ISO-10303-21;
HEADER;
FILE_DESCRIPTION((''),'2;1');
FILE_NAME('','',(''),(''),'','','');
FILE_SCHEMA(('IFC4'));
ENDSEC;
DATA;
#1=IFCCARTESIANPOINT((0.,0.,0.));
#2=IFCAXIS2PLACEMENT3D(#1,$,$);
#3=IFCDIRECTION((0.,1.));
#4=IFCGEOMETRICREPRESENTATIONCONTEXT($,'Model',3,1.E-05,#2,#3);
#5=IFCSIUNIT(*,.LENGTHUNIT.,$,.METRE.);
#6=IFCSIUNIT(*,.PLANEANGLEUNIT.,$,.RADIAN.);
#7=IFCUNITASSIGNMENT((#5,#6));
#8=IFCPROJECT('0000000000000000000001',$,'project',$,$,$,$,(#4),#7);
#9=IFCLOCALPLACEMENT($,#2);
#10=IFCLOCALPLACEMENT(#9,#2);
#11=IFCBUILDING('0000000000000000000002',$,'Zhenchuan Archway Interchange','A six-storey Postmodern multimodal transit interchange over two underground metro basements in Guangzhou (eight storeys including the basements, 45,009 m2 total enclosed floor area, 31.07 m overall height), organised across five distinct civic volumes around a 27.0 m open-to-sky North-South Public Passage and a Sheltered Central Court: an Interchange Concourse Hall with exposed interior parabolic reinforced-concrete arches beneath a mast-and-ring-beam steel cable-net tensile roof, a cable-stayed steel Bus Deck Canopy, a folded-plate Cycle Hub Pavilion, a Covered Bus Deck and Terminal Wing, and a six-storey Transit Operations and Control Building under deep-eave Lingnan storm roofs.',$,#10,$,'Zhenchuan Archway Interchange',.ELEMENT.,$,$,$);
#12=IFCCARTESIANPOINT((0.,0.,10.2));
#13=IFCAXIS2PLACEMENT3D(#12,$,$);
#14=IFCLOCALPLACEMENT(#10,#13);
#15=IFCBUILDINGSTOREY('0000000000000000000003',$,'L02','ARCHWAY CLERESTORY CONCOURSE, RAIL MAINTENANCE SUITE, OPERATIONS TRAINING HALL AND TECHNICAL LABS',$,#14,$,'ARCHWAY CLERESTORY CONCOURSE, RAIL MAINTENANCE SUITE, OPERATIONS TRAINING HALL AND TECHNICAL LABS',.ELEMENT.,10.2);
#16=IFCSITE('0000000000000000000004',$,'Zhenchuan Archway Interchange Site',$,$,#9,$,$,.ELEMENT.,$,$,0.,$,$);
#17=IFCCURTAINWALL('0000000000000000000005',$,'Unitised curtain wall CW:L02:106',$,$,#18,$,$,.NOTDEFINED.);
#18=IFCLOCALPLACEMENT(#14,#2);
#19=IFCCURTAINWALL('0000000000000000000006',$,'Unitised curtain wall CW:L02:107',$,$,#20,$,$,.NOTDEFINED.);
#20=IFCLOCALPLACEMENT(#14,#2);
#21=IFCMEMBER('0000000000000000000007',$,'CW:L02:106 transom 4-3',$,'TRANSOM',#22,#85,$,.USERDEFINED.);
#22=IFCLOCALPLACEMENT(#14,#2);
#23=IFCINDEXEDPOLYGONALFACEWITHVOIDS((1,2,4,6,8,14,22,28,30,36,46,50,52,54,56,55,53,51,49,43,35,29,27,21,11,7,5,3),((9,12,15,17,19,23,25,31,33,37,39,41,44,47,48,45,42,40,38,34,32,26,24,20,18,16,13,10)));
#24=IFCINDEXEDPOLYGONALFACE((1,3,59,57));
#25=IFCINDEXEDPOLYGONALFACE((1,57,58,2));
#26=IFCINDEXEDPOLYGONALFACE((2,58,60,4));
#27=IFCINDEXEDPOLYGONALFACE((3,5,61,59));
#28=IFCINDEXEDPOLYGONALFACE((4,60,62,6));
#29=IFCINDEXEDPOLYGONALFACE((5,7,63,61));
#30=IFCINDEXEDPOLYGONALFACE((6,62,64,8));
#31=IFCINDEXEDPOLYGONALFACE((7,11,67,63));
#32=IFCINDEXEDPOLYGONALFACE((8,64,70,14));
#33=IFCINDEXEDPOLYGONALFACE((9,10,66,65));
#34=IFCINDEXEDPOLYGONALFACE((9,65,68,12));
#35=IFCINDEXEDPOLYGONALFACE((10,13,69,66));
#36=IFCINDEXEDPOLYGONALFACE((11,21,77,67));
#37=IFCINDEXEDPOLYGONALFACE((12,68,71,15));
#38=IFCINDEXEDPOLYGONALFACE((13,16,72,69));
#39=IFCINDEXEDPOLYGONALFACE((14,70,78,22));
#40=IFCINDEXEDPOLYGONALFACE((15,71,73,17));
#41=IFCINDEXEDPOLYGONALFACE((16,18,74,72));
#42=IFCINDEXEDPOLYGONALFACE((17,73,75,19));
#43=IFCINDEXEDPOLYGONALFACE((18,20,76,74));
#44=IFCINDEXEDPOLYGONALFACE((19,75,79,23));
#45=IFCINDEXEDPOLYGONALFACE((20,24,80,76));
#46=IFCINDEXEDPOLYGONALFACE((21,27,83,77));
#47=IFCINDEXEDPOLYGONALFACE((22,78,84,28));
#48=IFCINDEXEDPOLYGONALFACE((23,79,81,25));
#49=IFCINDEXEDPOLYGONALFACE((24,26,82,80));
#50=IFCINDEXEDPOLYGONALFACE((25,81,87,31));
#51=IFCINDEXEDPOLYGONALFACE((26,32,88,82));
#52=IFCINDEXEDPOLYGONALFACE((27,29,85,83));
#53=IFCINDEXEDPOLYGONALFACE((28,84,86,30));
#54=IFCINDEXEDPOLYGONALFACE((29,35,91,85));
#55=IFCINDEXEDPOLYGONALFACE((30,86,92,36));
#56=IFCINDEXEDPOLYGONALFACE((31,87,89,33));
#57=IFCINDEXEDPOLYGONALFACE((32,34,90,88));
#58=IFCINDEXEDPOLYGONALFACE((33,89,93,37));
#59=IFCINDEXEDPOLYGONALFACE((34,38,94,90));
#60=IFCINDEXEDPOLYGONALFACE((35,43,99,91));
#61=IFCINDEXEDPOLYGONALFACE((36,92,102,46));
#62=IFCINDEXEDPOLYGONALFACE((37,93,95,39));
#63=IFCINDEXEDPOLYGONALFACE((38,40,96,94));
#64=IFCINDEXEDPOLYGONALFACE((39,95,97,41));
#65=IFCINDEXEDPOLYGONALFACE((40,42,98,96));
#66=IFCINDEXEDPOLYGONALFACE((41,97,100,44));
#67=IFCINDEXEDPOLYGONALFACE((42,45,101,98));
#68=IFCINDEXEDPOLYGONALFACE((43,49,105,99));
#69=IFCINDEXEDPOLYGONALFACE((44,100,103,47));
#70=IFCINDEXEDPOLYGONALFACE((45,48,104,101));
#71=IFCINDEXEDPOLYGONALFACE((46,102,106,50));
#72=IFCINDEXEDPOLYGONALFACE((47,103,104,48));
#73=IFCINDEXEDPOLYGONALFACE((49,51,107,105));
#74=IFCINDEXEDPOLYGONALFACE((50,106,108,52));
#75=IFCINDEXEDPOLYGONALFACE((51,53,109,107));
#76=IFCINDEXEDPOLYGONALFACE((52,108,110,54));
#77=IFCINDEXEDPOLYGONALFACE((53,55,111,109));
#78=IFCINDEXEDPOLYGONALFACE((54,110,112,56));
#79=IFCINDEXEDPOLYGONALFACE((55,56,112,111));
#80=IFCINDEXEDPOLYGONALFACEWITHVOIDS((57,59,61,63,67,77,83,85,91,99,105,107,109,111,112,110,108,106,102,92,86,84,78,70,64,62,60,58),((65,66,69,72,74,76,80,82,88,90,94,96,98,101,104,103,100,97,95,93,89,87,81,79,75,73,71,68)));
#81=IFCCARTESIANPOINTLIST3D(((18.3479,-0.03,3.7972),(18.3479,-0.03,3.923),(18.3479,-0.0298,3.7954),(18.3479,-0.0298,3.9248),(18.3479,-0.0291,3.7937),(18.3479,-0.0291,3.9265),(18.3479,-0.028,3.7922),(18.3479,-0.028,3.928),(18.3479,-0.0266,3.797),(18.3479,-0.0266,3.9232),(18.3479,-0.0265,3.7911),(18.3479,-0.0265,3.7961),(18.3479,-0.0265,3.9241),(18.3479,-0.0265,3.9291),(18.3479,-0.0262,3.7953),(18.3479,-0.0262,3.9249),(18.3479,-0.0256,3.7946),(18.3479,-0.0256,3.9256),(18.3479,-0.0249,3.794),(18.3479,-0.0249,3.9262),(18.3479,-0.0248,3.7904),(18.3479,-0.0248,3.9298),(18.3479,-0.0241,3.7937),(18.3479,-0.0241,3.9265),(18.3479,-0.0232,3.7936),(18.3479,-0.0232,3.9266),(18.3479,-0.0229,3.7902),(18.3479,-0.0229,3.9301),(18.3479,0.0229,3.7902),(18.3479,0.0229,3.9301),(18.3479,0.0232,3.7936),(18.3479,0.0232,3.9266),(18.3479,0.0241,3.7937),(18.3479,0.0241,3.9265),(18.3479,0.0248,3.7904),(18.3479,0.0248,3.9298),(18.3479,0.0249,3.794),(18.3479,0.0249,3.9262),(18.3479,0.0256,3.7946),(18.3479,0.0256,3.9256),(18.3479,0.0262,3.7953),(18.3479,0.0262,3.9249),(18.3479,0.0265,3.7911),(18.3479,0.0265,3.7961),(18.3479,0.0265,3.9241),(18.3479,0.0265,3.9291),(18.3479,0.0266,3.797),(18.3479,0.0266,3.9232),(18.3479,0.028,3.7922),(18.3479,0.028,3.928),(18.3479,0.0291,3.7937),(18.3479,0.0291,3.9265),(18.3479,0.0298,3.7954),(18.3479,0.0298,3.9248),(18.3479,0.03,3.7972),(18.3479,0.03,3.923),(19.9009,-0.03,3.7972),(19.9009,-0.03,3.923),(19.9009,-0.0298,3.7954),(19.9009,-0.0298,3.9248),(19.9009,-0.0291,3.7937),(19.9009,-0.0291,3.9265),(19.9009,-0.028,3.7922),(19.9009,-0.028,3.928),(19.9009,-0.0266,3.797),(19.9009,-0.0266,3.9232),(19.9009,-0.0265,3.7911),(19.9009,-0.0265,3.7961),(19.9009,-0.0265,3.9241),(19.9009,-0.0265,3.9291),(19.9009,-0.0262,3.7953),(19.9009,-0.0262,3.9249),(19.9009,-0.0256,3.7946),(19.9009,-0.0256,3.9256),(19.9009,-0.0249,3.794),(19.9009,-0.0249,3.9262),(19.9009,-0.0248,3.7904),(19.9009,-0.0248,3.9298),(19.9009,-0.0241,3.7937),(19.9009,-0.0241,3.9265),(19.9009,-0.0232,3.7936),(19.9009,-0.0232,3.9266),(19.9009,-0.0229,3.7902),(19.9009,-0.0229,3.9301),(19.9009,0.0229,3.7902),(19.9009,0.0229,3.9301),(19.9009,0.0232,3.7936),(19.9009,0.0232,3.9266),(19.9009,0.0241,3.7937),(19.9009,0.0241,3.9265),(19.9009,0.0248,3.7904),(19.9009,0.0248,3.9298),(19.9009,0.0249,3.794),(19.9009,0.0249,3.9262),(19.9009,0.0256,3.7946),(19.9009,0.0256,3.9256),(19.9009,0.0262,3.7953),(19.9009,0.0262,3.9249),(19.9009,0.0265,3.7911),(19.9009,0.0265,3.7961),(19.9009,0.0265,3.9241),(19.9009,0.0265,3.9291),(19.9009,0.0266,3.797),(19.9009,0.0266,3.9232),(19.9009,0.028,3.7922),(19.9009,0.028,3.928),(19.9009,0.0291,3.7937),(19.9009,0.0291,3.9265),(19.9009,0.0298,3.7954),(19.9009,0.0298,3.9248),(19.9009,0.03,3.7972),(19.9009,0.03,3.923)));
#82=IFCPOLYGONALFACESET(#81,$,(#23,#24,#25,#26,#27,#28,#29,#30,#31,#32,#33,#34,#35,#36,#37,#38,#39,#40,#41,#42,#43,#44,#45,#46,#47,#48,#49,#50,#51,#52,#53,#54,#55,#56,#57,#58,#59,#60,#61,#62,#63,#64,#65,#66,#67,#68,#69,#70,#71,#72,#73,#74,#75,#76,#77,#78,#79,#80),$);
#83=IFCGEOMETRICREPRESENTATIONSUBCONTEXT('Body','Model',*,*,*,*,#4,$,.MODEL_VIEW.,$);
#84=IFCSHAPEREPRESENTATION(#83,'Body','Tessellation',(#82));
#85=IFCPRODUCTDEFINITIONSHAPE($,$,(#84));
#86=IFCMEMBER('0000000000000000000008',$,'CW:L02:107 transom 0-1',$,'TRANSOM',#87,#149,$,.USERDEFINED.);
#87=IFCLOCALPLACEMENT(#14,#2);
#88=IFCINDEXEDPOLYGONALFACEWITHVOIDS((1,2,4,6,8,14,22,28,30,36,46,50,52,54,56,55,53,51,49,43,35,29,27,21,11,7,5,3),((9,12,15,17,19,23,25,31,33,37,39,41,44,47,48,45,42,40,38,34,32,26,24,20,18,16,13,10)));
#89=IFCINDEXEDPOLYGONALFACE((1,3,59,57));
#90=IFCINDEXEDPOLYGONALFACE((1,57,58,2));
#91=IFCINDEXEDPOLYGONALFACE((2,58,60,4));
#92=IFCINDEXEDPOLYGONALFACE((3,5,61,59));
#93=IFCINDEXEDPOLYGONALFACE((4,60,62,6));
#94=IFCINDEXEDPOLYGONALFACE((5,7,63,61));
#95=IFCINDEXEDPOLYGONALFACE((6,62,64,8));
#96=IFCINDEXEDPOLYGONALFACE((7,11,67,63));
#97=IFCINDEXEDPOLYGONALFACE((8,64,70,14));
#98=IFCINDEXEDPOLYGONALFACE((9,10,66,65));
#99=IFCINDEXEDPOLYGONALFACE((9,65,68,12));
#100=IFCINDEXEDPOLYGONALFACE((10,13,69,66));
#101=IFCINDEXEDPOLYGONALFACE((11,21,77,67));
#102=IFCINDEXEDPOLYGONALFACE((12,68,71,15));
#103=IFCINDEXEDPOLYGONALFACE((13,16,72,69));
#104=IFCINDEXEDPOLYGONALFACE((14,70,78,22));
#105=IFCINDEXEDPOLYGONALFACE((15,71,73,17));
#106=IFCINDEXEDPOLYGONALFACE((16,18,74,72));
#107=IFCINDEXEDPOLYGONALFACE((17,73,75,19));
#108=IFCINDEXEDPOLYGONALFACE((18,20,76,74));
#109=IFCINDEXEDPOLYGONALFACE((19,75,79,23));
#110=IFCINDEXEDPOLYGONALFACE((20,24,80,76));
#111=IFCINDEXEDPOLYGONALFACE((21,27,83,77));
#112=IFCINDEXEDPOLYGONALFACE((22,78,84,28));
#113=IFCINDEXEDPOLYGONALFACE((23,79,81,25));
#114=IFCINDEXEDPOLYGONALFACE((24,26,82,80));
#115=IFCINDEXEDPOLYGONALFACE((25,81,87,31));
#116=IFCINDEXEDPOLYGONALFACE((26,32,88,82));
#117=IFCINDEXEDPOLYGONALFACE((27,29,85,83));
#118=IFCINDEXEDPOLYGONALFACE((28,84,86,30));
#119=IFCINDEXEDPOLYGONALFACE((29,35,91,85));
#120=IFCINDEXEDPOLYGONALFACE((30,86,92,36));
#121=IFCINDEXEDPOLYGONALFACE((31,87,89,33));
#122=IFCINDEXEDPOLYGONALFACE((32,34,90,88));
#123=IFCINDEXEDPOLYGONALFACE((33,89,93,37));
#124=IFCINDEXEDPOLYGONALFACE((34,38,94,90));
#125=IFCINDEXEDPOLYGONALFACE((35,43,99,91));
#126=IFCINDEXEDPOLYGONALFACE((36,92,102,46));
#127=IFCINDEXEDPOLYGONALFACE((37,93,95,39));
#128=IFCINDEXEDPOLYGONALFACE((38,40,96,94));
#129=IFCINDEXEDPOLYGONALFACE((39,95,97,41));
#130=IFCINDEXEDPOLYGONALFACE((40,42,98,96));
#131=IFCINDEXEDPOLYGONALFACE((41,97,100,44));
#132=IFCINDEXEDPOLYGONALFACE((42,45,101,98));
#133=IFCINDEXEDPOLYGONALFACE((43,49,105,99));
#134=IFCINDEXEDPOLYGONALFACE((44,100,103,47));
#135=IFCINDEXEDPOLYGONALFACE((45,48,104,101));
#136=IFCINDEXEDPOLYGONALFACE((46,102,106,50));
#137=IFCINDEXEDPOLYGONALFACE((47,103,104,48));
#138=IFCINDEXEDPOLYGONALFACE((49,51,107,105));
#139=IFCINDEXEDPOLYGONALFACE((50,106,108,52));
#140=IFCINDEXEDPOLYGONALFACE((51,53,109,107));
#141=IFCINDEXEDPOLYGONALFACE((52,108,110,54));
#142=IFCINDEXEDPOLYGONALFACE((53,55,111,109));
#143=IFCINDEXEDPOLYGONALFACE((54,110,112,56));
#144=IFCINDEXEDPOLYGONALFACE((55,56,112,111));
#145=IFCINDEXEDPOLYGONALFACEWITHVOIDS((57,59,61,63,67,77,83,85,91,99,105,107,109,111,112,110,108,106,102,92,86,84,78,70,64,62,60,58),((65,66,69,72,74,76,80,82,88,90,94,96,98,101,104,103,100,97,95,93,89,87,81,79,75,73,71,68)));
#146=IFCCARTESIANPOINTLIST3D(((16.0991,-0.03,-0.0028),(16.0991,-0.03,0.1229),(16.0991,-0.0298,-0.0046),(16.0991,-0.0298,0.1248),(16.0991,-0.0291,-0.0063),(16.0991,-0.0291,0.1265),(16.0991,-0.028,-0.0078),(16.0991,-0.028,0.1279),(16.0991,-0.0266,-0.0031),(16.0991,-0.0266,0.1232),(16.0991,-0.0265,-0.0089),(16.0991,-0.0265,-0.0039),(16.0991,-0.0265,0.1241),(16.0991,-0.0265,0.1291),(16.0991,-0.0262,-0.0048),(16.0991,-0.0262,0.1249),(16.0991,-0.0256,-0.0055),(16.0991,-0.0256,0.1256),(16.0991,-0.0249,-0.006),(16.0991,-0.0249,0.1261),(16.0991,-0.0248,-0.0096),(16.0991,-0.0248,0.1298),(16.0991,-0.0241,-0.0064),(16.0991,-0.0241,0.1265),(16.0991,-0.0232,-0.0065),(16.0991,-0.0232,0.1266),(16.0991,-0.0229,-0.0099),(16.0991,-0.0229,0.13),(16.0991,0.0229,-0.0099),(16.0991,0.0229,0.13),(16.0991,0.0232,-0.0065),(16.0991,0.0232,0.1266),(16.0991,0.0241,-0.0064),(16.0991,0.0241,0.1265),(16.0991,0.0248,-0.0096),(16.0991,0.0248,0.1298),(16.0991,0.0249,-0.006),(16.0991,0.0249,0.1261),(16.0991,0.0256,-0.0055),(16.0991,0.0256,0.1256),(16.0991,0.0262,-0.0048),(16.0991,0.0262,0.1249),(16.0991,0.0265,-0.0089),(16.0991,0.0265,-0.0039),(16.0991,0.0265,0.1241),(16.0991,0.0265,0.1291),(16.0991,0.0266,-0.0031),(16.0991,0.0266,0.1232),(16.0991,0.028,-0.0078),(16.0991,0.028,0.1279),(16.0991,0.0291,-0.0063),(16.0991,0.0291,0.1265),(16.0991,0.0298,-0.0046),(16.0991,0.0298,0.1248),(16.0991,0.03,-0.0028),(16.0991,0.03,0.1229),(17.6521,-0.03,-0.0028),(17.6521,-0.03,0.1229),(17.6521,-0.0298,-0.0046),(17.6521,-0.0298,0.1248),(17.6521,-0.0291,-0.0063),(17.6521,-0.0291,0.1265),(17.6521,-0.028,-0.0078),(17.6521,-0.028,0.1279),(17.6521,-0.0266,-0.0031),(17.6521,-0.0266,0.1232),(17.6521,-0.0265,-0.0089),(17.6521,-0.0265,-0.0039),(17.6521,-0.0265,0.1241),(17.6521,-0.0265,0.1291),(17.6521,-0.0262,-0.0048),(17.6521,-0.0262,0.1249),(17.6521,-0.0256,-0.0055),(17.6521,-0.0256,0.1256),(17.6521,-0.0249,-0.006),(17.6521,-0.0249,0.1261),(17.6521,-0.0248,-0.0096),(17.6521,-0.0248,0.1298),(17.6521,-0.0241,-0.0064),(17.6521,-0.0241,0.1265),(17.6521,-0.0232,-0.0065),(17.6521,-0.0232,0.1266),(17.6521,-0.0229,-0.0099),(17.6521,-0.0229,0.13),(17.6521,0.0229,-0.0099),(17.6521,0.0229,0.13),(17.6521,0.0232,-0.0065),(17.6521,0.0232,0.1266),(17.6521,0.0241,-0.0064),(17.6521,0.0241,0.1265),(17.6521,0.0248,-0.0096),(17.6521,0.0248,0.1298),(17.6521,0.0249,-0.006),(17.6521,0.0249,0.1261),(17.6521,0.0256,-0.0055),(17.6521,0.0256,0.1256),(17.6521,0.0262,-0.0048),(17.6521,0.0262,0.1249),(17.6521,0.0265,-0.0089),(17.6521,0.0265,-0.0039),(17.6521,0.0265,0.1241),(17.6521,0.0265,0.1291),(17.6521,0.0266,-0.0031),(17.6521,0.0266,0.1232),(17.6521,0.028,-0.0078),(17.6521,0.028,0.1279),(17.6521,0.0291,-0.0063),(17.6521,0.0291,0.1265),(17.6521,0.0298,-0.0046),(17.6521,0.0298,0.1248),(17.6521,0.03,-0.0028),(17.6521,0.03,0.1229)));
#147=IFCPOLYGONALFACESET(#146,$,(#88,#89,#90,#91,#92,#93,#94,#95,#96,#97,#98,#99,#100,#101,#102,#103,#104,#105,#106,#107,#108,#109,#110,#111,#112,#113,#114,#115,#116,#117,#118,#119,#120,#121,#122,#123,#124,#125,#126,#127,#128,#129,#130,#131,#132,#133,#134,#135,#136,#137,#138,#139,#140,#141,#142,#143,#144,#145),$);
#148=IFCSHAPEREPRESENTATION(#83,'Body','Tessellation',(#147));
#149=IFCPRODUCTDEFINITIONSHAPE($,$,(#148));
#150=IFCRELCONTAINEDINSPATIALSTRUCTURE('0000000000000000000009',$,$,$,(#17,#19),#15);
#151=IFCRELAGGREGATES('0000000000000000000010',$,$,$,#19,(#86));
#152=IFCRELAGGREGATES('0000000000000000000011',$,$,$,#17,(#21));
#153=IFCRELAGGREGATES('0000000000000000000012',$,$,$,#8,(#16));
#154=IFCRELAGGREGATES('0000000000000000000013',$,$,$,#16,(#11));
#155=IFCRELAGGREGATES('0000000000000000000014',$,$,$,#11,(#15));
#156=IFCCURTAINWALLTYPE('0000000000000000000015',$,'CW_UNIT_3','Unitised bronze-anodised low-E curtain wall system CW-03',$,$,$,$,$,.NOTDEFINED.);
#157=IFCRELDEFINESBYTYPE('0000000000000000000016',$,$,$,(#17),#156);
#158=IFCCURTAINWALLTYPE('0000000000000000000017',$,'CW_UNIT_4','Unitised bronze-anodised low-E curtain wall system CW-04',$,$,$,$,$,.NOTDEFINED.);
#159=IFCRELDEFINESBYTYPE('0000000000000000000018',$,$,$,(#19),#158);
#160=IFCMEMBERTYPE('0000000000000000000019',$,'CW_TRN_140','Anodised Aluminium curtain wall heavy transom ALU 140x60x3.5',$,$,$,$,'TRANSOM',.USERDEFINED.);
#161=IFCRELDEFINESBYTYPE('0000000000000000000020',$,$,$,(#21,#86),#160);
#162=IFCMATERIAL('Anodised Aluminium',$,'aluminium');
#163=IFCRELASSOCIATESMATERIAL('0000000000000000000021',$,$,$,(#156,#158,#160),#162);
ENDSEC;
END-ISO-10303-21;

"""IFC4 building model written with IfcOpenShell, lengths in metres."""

from ifc_helpers import new_model, si_unit, direction, frame, origin, origin_2d, place, context, subcontext, project, spatial, hollow_rectangle, extrude, material, material_profile, profile_set, type_object, element, aggregate, save


model = new_model("IFC4")

# Units and contexts
model_context = context("Model", 3, precision=1e-05, world=origin(), true_north=direction((0.0, 1.0)))
body_context = subcontext(model_context, "Body", "Model", "MODEL_VIEW")
ifc_project = project(units=[si_unit("LENGTHUNIT", "METRE"), si_unit("PLANEANGLEUNIT", "RADIAN")], contexts=[model_context])

# Site, building, storey
site_placement = place(None, origin())
site = spatial("IfcSite", under=ifc_project, at=site_placement, Name="Zhenchuan Archway Interchange Site", CompositionType="ELEMENT", RefElevation=0.0)
building_placement = place(site_placement, origin())
building = spatial("IfcBuilding", under=site, at=building_placement, Name="Zhenchuan Archway Interchange", Description="A six-storey Postmodern multimodal transit interchange over two underground metro basements in Guangzhou (eight storeys including the basements, 45,009 m2 total enclosed floor area, 31.07 m overall height), organised across five distinct civic volumes around a 27.0 m open-to-sky North-South Public Passage and a Sheltered Central Court: an Interchange Concourse Hall with exposed interior parabolic reinforced-concrete arches beneath a mast-and-ring-beam steel cable-net tensile roof, a cable-stayed steel Bus Deck Canopy, a folded-plate Cycle Hub Pavilion, a Covered Bus Deck and Terminal Wing, and a six-storey Transit Operations and Control Building under deep-eave Lingnan storm roofs.", LongName="Zhenchuan Archway Interchange", CompositionType="ELEMENT")
storey_placement = place(building_placement, frame((0.0, 0.0, 10.2)))
storey = spatial("IfcBuildingStorey", under=building, at=storey_placement, Name="L02", Description="ARCHWAY CLERESTORY CONCOURSE, RAIL MAINTENANCE SUITE, OPERATIONS TRAINING HALL AND TECHNICAL LABS", LongName="ARCHWAY CLERESTORY CONCOURSE, RAIL MAINTENANCE SUITE, OPERATIONS TRAINING HALL AND TECHNICAL LABS", CompositionType="ELEMENT", Elevation=10.2)

# Curtain wall
ifc_material_1 = material(Name="Anodised Aluminium", Category="aluminium")
curtain_wall_type_1 = type_object("IfcCurtainWallType", Name="CW_UNIT_3", Description="Unitised bronze-anodised low-E curtain wall system CW-03", PredefinedType="NOTDEFINED", material=ifc_material_1)
curtain_wall_1_placement = place(storey_placement, origin())
curtain_wall_1 = element("IfcCurtainWall", 1, at=curtain_wall_1_placement, inside=storey, type_object=curtain_wall_type_1, Name="Unitised curtain wall CW:L02:106", PredefinedType="NOTDEFINED")

# Curtain wall
curtain_wall_type_2 = type_object("IfcCurtainWallType", Name="CW_UNIT_4", Description="Unitised bronze-anodised low-E curtain wall system CW-04", PredefinedType="NOTDEFINED", material=ifc_material_1)
curtain_wall_2_placement = place(storey_placement, origin())
curtain_wall_2 = element("IfcCurtainWall", 2, at=curtain_wall_2_placement, inside=storey, type_object=curtain_wall_type_2, Name="Unitised curtain wall CW:L02:107", PredefinedType="NOTDEFINED")

# Members
ifc_material_profile_1 = material_profile(ifc_material_1, hollow_rectangle(XDim=0.0601, YDim=0.1399, WallThickness=0.0034, InnerFilletRadius=0.0034, OuterFilletRadius=0.0071, at=origin_2d()), Name="ALU 140x60x3.5")
ifc_profile_set_1 = profile_set([ifc_material_profile_1], Name="Anodised Aluminium")
member_type_1 = type_object("IfcMemberType", Name="CW_TRN_140", Description="Anodised Aluminium curtain wall heavy transom ALU 140x60x3.5", ElementType="TRANSOM", PredefinedType="USERDEFINED", material=ifc_profile_set_1)
member_1_placement = place(storey_placement, frame((19.9009, 0.0, 3.8601), z_axis=(-1.0, 0.0, 0.0), x_axis=(0.0, -1.0, 0.0)))
member_1 = element("IfcMember", 3, at=member_1_placement, type_object=member_type_1, Name="CW:L02:106 transom 4-3", ObjectType="TRANSOM", PredefinedType="USERDEFINED", context=body_context, shape_type="SweptSolid", body=[
    extrude(hollow_rectangle(XDim=0.0601, YDim=0.1399, WallThickness=0.0034, InnerFilletRadius=0.0034, OuterFilletRadius=0.0071, at=origin_2d()), origin(), (0.0, 0.0, 1.0), 1.553),
])
member_2_placement = place(storey_placement, frame((17.6521, 0.0, 0.0601), z_axis=(-1.0, 0.0, 0.0), x_axis=(0.0, -1.0, 0.0)))
member_2 = element("IfcMember", 4, at=member_2_placement, type_object=member_type_1, Name="CW:L02:107 transom 0-1", ObjectType="TRANSOM", PredefinedType="USERDEFINED", context=body_context, shape_type="SweptSolid", body=[
    extrude(hollow_rectangle(XDim=0.0601, YDim=0.1399, WallThickness=0.0034, InnerFilletRadius=0.0034, OuterFilletRadius=0.0071, at=origin_2d()), origin(), (0.0, 0.0, 1.0), 1.553),
])
aggregate(curtain_wall_2, [member_2])

aggregate(curtain_wall_1, [member_1])

save(model, "model.ifc")
